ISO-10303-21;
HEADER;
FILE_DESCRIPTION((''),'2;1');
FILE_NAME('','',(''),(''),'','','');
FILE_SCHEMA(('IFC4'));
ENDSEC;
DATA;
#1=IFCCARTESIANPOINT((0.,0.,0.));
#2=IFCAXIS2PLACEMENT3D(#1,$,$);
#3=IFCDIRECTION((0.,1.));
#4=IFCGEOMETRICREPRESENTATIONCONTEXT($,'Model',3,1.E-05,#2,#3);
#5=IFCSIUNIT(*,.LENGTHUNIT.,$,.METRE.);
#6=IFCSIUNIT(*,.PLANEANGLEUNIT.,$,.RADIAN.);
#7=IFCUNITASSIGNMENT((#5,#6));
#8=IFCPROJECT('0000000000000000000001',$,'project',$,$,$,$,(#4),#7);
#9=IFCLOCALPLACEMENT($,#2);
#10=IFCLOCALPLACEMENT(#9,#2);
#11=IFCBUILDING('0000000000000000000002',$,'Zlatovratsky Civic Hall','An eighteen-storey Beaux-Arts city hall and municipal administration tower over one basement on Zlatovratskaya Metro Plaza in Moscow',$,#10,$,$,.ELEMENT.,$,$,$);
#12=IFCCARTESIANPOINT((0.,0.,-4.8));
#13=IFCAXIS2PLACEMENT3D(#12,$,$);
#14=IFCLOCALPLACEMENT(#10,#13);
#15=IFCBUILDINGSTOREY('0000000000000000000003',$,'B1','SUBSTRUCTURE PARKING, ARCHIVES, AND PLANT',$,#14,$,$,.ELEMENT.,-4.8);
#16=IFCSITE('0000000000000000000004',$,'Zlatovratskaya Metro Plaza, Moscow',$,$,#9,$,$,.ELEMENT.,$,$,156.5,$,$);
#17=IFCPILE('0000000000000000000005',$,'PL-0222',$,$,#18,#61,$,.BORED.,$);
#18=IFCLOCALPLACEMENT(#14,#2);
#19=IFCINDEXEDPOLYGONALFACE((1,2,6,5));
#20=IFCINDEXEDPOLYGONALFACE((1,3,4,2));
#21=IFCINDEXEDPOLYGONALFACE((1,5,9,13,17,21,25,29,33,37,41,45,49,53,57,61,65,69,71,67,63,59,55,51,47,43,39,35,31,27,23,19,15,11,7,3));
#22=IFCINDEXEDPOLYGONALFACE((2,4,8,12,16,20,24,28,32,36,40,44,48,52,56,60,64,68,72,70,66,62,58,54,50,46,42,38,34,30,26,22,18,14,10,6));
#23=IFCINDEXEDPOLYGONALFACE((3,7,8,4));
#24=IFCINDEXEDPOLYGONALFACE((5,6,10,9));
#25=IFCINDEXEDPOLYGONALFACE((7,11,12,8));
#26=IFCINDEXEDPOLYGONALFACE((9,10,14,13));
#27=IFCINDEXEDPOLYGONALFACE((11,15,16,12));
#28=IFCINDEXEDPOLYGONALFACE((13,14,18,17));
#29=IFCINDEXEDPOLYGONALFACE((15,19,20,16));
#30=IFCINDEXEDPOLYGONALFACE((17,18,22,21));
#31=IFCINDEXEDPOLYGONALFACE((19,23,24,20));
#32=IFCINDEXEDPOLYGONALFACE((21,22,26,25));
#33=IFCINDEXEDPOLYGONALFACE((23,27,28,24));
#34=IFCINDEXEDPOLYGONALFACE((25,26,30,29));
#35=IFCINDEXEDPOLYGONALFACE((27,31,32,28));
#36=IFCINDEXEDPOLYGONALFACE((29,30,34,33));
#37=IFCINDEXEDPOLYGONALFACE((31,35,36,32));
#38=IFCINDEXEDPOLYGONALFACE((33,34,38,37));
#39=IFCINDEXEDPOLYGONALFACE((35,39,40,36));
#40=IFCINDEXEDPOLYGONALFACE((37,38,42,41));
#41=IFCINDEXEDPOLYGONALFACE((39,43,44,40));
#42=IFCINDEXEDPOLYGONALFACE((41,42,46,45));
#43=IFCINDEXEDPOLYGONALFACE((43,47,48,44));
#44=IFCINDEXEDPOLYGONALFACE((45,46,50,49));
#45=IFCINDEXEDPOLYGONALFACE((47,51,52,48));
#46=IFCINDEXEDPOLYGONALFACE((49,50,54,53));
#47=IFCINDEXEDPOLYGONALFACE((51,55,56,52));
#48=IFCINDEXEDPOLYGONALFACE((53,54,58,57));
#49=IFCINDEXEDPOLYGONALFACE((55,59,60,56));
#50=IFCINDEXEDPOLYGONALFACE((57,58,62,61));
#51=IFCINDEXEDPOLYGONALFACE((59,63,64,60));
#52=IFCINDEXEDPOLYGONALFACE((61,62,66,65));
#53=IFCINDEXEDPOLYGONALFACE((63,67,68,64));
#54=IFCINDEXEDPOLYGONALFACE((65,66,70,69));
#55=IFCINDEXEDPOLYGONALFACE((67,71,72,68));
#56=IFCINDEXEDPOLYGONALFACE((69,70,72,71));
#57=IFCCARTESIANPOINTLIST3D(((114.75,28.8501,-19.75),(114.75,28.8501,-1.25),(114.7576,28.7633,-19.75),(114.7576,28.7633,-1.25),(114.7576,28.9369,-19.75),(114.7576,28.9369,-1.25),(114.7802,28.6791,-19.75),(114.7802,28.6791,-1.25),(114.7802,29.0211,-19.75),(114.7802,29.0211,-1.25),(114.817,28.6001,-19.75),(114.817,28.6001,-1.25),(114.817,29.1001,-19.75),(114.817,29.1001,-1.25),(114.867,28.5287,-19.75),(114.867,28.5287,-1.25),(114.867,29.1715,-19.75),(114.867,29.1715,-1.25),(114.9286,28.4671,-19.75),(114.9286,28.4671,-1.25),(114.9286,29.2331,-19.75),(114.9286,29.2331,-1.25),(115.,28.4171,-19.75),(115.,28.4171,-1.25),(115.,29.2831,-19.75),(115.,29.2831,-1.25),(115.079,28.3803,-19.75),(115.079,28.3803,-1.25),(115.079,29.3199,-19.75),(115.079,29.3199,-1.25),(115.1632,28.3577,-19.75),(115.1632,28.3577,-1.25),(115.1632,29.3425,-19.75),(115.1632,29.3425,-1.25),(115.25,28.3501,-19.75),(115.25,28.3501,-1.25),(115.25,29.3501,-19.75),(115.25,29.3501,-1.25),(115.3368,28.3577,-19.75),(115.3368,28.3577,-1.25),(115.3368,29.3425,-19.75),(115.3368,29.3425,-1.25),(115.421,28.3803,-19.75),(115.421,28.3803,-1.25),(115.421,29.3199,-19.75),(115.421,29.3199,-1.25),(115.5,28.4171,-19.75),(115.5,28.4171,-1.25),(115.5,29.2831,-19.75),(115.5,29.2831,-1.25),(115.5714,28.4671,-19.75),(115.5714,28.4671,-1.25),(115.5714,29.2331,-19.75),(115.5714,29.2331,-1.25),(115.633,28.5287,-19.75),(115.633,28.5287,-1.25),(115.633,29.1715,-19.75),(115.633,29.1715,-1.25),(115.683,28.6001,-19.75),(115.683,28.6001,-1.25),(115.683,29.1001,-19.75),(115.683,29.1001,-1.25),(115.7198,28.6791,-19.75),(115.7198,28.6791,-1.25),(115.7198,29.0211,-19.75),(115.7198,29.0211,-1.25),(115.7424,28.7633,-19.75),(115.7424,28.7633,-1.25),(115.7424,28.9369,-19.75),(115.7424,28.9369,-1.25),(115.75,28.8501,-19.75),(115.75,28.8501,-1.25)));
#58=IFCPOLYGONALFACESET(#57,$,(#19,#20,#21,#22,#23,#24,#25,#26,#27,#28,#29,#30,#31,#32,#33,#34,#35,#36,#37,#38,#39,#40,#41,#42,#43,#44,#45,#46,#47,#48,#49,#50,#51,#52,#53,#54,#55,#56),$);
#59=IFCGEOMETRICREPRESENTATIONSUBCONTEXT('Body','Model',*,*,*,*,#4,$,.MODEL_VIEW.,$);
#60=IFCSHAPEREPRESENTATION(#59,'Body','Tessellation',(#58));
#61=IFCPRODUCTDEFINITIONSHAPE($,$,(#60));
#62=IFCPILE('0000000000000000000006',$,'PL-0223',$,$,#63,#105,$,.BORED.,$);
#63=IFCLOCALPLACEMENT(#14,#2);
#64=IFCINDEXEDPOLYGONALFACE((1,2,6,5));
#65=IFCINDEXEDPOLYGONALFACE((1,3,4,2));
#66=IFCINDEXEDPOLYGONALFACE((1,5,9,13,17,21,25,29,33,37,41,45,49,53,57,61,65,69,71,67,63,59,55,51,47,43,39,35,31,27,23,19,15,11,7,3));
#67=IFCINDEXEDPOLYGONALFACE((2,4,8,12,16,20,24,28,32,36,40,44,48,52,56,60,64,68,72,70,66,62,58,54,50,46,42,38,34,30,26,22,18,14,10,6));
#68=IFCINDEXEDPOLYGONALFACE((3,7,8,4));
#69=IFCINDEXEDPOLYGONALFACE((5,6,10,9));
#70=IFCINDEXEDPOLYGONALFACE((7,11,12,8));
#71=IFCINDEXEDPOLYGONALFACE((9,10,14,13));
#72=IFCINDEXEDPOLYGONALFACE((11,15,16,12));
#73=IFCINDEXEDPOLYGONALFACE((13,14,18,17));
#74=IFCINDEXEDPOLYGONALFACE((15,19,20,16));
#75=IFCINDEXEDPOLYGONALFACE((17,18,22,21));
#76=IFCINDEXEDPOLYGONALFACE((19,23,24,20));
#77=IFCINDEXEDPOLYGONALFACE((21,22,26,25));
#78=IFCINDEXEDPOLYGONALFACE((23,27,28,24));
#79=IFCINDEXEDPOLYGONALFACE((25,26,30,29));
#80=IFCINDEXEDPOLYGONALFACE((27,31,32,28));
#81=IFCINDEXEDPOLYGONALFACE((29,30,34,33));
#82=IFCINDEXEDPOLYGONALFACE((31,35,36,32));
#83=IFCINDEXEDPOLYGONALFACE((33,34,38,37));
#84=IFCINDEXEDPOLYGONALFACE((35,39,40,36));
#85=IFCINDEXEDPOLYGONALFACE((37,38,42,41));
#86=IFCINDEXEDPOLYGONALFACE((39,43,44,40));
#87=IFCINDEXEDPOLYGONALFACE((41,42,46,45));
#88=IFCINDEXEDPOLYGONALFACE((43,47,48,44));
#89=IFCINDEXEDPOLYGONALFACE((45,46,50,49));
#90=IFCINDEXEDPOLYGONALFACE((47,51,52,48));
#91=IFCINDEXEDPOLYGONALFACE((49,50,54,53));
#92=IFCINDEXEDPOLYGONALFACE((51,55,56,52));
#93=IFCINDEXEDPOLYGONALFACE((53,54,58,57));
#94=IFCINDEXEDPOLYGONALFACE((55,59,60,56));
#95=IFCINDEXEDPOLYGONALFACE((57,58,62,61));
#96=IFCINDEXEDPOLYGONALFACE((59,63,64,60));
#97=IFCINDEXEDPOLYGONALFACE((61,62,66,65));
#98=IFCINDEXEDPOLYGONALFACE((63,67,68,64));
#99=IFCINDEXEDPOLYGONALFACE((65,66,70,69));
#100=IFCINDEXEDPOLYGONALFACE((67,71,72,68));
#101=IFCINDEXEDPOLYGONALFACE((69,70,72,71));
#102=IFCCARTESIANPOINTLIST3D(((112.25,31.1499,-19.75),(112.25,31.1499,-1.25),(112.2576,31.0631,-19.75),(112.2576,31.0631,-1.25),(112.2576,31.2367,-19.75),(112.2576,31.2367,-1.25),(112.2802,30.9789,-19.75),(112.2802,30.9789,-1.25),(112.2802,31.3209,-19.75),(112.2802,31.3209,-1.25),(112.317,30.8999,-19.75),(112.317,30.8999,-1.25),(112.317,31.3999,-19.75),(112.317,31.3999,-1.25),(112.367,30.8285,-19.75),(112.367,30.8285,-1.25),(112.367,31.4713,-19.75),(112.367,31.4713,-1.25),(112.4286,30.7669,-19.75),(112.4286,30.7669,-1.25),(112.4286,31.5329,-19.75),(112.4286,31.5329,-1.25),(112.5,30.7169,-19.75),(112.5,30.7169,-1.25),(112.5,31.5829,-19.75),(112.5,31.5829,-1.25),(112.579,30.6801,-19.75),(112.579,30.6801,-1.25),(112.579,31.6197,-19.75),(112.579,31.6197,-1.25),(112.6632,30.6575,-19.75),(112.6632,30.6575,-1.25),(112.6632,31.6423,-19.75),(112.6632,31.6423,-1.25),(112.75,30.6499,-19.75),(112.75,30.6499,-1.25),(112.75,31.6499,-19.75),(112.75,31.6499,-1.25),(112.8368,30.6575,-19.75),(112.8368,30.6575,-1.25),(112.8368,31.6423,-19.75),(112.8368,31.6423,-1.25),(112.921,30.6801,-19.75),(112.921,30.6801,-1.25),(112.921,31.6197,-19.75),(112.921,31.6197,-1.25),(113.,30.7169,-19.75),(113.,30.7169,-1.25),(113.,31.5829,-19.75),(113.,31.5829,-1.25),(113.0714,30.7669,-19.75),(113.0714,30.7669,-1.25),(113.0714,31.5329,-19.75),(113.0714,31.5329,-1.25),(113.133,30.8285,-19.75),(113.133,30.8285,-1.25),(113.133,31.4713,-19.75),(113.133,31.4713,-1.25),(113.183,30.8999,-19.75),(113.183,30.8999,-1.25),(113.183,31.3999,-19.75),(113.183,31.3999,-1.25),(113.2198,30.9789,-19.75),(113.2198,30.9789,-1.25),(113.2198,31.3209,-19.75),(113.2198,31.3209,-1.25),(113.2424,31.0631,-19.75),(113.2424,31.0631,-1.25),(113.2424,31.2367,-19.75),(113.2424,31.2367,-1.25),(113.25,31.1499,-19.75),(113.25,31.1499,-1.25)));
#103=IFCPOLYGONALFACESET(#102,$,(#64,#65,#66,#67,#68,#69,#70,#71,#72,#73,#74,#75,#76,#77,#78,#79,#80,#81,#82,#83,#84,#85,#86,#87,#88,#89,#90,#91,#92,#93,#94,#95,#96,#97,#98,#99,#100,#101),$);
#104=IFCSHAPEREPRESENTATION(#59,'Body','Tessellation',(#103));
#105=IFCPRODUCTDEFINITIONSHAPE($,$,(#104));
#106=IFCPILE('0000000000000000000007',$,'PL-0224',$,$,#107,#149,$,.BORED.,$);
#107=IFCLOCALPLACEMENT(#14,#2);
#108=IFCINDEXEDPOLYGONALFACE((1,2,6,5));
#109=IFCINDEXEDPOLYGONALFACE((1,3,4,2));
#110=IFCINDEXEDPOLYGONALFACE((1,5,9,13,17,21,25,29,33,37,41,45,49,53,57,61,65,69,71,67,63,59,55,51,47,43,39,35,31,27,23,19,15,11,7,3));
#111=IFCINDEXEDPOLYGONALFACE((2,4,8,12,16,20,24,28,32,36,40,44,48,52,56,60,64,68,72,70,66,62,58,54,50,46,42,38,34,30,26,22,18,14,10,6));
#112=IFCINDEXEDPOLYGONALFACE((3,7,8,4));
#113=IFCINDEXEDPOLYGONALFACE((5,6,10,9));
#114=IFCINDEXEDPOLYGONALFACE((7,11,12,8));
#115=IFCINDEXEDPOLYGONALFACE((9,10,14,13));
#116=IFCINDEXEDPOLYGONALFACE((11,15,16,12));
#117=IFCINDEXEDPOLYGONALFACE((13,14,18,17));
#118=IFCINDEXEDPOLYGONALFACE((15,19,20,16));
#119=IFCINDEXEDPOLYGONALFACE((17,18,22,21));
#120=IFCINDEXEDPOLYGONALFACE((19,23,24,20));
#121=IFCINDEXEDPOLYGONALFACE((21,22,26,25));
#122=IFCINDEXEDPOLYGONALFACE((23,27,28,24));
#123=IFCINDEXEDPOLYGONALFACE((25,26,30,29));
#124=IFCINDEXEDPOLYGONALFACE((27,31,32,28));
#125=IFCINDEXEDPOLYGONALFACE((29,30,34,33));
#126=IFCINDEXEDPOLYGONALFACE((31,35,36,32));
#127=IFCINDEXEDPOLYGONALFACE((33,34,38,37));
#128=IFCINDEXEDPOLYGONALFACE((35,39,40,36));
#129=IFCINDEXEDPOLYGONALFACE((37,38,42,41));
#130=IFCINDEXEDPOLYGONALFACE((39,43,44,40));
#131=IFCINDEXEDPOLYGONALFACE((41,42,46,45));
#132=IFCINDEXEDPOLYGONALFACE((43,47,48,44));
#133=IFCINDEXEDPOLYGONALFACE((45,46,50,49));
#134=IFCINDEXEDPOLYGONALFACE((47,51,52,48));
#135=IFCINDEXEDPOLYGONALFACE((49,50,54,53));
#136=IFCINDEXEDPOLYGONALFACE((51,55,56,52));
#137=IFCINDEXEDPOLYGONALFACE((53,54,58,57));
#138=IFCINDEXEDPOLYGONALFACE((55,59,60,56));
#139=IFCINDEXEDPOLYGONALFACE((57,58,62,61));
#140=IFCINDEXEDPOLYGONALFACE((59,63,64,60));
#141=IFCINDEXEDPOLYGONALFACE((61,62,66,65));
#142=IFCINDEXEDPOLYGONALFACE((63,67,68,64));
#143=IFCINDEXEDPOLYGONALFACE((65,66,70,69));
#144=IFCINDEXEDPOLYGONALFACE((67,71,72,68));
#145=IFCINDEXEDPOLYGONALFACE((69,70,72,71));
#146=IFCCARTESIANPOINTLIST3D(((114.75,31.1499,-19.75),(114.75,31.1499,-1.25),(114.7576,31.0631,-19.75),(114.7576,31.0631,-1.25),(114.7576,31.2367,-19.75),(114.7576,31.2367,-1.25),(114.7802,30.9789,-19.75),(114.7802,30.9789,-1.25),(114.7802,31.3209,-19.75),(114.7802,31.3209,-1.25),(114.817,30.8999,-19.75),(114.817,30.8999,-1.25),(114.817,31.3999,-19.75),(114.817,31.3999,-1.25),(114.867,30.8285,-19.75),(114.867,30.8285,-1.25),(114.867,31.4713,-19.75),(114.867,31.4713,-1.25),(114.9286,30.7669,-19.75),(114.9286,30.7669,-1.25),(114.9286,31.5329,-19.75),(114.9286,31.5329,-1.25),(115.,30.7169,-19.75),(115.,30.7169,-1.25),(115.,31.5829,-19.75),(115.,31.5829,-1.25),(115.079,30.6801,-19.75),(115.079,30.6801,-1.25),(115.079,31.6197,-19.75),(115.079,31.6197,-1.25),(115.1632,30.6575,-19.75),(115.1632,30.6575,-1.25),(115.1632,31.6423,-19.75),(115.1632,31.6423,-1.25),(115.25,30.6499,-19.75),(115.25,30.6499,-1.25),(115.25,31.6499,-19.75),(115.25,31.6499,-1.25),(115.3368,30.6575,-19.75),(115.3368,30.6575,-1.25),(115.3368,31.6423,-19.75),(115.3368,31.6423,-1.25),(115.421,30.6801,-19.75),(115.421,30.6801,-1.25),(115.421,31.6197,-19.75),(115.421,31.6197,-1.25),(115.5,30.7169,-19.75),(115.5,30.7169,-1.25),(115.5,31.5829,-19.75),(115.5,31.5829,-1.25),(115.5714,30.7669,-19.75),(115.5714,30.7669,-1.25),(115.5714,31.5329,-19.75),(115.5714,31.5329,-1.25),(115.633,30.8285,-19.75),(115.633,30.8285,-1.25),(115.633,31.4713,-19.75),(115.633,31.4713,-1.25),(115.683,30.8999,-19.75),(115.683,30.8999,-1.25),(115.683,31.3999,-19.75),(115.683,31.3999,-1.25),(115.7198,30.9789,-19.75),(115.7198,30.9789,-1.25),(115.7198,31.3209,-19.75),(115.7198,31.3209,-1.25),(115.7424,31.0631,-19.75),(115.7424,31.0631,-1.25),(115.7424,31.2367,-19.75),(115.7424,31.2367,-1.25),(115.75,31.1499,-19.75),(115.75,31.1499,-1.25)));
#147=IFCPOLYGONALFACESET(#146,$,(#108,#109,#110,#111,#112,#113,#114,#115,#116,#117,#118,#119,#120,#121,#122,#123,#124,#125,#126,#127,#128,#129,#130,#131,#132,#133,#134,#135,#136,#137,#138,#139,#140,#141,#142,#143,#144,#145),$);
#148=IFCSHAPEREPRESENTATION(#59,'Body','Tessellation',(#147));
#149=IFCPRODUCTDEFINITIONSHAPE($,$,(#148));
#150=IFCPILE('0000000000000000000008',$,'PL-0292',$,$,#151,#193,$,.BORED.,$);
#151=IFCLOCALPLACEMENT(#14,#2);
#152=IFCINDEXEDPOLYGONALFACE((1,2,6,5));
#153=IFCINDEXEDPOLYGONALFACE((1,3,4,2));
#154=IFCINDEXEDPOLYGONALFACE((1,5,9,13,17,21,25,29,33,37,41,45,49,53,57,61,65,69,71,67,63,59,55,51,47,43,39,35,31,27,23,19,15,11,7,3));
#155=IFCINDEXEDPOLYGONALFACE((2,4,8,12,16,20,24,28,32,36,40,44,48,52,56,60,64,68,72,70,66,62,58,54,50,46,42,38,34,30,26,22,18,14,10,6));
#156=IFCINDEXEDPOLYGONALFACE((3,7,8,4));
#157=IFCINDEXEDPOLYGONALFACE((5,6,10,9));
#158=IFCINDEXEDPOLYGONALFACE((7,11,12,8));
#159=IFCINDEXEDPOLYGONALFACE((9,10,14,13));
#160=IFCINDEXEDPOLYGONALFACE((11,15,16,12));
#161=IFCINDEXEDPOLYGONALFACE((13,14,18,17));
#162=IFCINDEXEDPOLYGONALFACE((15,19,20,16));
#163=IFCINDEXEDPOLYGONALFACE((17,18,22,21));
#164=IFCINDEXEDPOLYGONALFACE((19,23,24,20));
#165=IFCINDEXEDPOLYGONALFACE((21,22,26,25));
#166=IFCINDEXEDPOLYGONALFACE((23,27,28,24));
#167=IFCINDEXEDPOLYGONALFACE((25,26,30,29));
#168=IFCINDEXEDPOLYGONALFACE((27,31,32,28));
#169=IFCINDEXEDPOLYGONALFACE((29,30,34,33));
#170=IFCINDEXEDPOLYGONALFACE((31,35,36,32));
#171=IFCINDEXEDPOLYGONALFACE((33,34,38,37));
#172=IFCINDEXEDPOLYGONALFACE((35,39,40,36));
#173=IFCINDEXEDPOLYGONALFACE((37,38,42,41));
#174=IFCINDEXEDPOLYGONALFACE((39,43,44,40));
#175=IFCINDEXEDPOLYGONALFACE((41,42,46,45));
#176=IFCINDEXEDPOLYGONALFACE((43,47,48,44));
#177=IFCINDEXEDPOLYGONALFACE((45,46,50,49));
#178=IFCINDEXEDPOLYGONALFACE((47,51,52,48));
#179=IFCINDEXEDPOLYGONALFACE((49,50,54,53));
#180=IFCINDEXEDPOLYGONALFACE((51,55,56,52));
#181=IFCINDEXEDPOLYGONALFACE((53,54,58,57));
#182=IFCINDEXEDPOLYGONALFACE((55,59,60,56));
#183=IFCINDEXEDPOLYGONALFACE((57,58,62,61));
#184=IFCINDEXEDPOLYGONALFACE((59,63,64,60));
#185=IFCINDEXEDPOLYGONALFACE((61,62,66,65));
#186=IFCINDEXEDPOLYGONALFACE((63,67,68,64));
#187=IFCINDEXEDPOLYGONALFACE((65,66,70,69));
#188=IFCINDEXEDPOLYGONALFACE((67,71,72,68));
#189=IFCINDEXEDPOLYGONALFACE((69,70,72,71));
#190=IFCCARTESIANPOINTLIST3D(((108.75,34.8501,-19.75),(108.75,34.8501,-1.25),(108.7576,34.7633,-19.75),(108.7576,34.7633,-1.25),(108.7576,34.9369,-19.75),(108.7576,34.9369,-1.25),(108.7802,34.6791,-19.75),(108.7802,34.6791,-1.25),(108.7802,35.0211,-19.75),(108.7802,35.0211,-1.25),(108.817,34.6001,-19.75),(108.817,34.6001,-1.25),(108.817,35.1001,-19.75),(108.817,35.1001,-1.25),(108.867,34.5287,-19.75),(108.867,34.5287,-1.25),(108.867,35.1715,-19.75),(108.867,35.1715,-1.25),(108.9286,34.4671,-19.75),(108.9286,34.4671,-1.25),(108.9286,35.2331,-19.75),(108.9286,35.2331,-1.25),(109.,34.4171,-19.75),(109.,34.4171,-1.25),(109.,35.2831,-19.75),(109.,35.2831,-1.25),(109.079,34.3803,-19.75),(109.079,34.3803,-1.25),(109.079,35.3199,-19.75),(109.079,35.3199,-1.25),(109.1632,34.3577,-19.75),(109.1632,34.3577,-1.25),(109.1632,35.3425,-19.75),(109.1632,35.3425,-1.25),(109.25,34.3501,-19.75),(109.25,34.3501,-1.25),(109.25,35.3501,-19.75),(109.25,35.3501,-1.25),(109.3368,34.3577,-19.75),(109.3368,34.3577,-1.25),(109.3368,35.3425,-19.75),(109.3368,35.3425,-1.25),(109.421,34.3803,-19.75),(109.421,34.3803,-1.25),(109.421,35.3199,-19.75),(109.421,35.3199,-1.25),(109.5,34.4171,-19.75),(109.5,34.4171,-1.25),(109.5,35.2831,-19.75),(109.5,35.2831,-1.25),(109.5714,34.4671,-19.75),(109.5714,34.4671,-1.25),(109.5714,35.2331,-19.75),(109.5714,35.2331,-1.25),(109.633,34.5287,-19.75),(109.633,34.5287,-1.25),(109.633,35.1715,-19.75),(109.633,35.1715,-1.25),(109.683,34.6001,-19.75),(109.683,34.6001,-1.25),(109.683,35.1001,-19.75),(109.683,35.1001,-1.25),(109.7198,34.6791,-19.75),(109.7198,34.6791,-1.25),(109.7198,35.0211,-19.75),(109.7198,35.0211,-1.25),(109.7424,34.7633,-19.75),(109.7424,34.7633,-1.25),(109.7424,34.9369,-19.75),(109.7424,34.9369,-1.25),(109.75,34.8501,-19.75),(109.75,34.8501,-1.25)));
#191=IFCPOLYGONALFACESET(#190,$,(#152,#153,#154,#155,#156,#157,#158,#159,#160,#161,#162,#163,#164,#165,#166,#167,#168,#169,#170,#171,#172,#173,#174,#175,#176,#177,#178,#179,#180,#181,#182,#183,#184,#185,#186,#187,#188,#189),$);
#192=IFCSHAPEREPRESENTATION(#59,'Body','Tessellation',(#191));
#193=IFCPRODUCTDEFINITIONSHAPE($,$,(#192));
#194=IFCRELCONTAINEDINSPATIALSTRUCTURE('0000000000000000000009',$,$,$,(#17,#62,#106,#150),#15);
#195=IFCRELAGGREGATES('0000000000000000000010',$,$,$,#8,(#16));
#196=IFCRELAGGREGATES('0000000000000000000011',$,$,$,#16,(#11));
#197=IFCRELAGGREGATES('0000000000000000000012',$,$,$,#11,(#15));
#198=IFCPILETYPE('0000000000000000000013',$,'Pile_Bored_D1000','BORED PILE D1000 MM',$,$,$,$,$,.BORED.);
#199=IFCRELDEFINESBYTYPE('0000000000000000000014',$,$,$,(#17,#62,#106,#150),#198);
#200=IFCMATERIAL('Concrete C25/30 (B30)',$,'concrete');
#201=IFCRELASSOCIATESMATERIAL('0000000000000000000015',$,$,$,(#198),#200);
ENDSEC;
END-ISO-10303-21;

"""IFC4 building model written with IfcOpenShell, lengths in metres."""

from ifc_helpers import new_model, si_unit, direction, frame, origin, origin_2d, place, context, subcontext, project, spatial, circle, extrude, material, material_profile, profile_set, type_object, element, save


model = new_model("IFC4")

# Units and contexts
model_context = context("Model", 3, precision=1e-05, world=origin(), true_north=direction((0.0, 1.0)))
body_context = subcontext(model_context, "Body", "Model", "MODEL_VIEW")
ifc_project = project(units=[si_unit("LENGTHUNIT", "METRE"), si_unit("PLANEANGLEUNIT", "RADIAN")], contexts=[model_context])

# Site, building, storey
site_placement = place(None, origin())
site = spatial("IfcSite", under=ifc_project, at=site_placement, Name="Zlatovratskaya Metro Plaza, Moscow", CompositionType="ELEMENT", RefElevation=156.5)
building_placement = place(site_placement, origin())
building = spatial("IfcBuilding", under=site, at=building_placement, Name="Zlatovratsky Civic Hall", Description="An eighteen-storey Beaux-Arts city hall and municipal administration tower over one basement on Zlatovratskaya Metro Plaza in Moscow", CompositionType="ELEMENT")
storey_placement = place(building_placement, frame((0.0, 0.0, -4.8)))
storey = spatial("IfcBuildingStorey", under=building, at=storey_placement, Name="B1", Description="SUBSTRUCTURE PARKING, ARCHIVES, AND PLANT", CompositionType="ELEMENT", Elevation=-4.8)

# Shared definitions
ifc_material_1 = material(Name="Concrete C25/30 (B30)", Category="concrete")

# Piles
ifc_material_profile_1 = material_profile(ifc_material_1, circle(Radius=0.5, at=origin_2d()), Name="PILE D1000")
ifc_profile_set_1 = profile_set([ifc_material_profile_1], Name="Concrete C25/30 (B30)")
pile_type = type_object("IfcPileType", Name="Pile_Bored_D1000", Description="BORED PILE D1000 MM", PredefinedType="BORED", material=ifc_profile_set_1)
for number, where, z_axis, x_axis, name in (
    (1, (115.25, 28.8501, -1.25), (0.0, 0.0, -1.0), (1.0, 0.0, 0.0), "PL-0222"),
    (2, (112.75, 31.1499, -1.25), (0.0, 0.0, -1.0), (1.0, 0.0, 0.0), "PL-0223"),
    (3, (115.25, 31.1499, -1.25), (0.0, 0.0, -1.0), (1.0, 0.0, 0.0), "PL-0224"),
    (4, (109.25, 34.8501, -1.25), (0.0, 0.0, -1.0), (1.0, 0.0, 0.0), "PL-0292"),
):
    element("IfcPile", number, at=place(storey_placement, frame(where, z_axis=z_axis, x_axis=x_axis)), inside=storey, type_object=pile_type, Name=name, PredefinedType="BORED", context=body_context, shape_type="SweptSolid", body=[
        extrude(circle(Radius=0.5, at=origin_2d()), origin(), (0.0, 0.0, 1.0), 18.5),
    ])

save(model, "model.ifc")
